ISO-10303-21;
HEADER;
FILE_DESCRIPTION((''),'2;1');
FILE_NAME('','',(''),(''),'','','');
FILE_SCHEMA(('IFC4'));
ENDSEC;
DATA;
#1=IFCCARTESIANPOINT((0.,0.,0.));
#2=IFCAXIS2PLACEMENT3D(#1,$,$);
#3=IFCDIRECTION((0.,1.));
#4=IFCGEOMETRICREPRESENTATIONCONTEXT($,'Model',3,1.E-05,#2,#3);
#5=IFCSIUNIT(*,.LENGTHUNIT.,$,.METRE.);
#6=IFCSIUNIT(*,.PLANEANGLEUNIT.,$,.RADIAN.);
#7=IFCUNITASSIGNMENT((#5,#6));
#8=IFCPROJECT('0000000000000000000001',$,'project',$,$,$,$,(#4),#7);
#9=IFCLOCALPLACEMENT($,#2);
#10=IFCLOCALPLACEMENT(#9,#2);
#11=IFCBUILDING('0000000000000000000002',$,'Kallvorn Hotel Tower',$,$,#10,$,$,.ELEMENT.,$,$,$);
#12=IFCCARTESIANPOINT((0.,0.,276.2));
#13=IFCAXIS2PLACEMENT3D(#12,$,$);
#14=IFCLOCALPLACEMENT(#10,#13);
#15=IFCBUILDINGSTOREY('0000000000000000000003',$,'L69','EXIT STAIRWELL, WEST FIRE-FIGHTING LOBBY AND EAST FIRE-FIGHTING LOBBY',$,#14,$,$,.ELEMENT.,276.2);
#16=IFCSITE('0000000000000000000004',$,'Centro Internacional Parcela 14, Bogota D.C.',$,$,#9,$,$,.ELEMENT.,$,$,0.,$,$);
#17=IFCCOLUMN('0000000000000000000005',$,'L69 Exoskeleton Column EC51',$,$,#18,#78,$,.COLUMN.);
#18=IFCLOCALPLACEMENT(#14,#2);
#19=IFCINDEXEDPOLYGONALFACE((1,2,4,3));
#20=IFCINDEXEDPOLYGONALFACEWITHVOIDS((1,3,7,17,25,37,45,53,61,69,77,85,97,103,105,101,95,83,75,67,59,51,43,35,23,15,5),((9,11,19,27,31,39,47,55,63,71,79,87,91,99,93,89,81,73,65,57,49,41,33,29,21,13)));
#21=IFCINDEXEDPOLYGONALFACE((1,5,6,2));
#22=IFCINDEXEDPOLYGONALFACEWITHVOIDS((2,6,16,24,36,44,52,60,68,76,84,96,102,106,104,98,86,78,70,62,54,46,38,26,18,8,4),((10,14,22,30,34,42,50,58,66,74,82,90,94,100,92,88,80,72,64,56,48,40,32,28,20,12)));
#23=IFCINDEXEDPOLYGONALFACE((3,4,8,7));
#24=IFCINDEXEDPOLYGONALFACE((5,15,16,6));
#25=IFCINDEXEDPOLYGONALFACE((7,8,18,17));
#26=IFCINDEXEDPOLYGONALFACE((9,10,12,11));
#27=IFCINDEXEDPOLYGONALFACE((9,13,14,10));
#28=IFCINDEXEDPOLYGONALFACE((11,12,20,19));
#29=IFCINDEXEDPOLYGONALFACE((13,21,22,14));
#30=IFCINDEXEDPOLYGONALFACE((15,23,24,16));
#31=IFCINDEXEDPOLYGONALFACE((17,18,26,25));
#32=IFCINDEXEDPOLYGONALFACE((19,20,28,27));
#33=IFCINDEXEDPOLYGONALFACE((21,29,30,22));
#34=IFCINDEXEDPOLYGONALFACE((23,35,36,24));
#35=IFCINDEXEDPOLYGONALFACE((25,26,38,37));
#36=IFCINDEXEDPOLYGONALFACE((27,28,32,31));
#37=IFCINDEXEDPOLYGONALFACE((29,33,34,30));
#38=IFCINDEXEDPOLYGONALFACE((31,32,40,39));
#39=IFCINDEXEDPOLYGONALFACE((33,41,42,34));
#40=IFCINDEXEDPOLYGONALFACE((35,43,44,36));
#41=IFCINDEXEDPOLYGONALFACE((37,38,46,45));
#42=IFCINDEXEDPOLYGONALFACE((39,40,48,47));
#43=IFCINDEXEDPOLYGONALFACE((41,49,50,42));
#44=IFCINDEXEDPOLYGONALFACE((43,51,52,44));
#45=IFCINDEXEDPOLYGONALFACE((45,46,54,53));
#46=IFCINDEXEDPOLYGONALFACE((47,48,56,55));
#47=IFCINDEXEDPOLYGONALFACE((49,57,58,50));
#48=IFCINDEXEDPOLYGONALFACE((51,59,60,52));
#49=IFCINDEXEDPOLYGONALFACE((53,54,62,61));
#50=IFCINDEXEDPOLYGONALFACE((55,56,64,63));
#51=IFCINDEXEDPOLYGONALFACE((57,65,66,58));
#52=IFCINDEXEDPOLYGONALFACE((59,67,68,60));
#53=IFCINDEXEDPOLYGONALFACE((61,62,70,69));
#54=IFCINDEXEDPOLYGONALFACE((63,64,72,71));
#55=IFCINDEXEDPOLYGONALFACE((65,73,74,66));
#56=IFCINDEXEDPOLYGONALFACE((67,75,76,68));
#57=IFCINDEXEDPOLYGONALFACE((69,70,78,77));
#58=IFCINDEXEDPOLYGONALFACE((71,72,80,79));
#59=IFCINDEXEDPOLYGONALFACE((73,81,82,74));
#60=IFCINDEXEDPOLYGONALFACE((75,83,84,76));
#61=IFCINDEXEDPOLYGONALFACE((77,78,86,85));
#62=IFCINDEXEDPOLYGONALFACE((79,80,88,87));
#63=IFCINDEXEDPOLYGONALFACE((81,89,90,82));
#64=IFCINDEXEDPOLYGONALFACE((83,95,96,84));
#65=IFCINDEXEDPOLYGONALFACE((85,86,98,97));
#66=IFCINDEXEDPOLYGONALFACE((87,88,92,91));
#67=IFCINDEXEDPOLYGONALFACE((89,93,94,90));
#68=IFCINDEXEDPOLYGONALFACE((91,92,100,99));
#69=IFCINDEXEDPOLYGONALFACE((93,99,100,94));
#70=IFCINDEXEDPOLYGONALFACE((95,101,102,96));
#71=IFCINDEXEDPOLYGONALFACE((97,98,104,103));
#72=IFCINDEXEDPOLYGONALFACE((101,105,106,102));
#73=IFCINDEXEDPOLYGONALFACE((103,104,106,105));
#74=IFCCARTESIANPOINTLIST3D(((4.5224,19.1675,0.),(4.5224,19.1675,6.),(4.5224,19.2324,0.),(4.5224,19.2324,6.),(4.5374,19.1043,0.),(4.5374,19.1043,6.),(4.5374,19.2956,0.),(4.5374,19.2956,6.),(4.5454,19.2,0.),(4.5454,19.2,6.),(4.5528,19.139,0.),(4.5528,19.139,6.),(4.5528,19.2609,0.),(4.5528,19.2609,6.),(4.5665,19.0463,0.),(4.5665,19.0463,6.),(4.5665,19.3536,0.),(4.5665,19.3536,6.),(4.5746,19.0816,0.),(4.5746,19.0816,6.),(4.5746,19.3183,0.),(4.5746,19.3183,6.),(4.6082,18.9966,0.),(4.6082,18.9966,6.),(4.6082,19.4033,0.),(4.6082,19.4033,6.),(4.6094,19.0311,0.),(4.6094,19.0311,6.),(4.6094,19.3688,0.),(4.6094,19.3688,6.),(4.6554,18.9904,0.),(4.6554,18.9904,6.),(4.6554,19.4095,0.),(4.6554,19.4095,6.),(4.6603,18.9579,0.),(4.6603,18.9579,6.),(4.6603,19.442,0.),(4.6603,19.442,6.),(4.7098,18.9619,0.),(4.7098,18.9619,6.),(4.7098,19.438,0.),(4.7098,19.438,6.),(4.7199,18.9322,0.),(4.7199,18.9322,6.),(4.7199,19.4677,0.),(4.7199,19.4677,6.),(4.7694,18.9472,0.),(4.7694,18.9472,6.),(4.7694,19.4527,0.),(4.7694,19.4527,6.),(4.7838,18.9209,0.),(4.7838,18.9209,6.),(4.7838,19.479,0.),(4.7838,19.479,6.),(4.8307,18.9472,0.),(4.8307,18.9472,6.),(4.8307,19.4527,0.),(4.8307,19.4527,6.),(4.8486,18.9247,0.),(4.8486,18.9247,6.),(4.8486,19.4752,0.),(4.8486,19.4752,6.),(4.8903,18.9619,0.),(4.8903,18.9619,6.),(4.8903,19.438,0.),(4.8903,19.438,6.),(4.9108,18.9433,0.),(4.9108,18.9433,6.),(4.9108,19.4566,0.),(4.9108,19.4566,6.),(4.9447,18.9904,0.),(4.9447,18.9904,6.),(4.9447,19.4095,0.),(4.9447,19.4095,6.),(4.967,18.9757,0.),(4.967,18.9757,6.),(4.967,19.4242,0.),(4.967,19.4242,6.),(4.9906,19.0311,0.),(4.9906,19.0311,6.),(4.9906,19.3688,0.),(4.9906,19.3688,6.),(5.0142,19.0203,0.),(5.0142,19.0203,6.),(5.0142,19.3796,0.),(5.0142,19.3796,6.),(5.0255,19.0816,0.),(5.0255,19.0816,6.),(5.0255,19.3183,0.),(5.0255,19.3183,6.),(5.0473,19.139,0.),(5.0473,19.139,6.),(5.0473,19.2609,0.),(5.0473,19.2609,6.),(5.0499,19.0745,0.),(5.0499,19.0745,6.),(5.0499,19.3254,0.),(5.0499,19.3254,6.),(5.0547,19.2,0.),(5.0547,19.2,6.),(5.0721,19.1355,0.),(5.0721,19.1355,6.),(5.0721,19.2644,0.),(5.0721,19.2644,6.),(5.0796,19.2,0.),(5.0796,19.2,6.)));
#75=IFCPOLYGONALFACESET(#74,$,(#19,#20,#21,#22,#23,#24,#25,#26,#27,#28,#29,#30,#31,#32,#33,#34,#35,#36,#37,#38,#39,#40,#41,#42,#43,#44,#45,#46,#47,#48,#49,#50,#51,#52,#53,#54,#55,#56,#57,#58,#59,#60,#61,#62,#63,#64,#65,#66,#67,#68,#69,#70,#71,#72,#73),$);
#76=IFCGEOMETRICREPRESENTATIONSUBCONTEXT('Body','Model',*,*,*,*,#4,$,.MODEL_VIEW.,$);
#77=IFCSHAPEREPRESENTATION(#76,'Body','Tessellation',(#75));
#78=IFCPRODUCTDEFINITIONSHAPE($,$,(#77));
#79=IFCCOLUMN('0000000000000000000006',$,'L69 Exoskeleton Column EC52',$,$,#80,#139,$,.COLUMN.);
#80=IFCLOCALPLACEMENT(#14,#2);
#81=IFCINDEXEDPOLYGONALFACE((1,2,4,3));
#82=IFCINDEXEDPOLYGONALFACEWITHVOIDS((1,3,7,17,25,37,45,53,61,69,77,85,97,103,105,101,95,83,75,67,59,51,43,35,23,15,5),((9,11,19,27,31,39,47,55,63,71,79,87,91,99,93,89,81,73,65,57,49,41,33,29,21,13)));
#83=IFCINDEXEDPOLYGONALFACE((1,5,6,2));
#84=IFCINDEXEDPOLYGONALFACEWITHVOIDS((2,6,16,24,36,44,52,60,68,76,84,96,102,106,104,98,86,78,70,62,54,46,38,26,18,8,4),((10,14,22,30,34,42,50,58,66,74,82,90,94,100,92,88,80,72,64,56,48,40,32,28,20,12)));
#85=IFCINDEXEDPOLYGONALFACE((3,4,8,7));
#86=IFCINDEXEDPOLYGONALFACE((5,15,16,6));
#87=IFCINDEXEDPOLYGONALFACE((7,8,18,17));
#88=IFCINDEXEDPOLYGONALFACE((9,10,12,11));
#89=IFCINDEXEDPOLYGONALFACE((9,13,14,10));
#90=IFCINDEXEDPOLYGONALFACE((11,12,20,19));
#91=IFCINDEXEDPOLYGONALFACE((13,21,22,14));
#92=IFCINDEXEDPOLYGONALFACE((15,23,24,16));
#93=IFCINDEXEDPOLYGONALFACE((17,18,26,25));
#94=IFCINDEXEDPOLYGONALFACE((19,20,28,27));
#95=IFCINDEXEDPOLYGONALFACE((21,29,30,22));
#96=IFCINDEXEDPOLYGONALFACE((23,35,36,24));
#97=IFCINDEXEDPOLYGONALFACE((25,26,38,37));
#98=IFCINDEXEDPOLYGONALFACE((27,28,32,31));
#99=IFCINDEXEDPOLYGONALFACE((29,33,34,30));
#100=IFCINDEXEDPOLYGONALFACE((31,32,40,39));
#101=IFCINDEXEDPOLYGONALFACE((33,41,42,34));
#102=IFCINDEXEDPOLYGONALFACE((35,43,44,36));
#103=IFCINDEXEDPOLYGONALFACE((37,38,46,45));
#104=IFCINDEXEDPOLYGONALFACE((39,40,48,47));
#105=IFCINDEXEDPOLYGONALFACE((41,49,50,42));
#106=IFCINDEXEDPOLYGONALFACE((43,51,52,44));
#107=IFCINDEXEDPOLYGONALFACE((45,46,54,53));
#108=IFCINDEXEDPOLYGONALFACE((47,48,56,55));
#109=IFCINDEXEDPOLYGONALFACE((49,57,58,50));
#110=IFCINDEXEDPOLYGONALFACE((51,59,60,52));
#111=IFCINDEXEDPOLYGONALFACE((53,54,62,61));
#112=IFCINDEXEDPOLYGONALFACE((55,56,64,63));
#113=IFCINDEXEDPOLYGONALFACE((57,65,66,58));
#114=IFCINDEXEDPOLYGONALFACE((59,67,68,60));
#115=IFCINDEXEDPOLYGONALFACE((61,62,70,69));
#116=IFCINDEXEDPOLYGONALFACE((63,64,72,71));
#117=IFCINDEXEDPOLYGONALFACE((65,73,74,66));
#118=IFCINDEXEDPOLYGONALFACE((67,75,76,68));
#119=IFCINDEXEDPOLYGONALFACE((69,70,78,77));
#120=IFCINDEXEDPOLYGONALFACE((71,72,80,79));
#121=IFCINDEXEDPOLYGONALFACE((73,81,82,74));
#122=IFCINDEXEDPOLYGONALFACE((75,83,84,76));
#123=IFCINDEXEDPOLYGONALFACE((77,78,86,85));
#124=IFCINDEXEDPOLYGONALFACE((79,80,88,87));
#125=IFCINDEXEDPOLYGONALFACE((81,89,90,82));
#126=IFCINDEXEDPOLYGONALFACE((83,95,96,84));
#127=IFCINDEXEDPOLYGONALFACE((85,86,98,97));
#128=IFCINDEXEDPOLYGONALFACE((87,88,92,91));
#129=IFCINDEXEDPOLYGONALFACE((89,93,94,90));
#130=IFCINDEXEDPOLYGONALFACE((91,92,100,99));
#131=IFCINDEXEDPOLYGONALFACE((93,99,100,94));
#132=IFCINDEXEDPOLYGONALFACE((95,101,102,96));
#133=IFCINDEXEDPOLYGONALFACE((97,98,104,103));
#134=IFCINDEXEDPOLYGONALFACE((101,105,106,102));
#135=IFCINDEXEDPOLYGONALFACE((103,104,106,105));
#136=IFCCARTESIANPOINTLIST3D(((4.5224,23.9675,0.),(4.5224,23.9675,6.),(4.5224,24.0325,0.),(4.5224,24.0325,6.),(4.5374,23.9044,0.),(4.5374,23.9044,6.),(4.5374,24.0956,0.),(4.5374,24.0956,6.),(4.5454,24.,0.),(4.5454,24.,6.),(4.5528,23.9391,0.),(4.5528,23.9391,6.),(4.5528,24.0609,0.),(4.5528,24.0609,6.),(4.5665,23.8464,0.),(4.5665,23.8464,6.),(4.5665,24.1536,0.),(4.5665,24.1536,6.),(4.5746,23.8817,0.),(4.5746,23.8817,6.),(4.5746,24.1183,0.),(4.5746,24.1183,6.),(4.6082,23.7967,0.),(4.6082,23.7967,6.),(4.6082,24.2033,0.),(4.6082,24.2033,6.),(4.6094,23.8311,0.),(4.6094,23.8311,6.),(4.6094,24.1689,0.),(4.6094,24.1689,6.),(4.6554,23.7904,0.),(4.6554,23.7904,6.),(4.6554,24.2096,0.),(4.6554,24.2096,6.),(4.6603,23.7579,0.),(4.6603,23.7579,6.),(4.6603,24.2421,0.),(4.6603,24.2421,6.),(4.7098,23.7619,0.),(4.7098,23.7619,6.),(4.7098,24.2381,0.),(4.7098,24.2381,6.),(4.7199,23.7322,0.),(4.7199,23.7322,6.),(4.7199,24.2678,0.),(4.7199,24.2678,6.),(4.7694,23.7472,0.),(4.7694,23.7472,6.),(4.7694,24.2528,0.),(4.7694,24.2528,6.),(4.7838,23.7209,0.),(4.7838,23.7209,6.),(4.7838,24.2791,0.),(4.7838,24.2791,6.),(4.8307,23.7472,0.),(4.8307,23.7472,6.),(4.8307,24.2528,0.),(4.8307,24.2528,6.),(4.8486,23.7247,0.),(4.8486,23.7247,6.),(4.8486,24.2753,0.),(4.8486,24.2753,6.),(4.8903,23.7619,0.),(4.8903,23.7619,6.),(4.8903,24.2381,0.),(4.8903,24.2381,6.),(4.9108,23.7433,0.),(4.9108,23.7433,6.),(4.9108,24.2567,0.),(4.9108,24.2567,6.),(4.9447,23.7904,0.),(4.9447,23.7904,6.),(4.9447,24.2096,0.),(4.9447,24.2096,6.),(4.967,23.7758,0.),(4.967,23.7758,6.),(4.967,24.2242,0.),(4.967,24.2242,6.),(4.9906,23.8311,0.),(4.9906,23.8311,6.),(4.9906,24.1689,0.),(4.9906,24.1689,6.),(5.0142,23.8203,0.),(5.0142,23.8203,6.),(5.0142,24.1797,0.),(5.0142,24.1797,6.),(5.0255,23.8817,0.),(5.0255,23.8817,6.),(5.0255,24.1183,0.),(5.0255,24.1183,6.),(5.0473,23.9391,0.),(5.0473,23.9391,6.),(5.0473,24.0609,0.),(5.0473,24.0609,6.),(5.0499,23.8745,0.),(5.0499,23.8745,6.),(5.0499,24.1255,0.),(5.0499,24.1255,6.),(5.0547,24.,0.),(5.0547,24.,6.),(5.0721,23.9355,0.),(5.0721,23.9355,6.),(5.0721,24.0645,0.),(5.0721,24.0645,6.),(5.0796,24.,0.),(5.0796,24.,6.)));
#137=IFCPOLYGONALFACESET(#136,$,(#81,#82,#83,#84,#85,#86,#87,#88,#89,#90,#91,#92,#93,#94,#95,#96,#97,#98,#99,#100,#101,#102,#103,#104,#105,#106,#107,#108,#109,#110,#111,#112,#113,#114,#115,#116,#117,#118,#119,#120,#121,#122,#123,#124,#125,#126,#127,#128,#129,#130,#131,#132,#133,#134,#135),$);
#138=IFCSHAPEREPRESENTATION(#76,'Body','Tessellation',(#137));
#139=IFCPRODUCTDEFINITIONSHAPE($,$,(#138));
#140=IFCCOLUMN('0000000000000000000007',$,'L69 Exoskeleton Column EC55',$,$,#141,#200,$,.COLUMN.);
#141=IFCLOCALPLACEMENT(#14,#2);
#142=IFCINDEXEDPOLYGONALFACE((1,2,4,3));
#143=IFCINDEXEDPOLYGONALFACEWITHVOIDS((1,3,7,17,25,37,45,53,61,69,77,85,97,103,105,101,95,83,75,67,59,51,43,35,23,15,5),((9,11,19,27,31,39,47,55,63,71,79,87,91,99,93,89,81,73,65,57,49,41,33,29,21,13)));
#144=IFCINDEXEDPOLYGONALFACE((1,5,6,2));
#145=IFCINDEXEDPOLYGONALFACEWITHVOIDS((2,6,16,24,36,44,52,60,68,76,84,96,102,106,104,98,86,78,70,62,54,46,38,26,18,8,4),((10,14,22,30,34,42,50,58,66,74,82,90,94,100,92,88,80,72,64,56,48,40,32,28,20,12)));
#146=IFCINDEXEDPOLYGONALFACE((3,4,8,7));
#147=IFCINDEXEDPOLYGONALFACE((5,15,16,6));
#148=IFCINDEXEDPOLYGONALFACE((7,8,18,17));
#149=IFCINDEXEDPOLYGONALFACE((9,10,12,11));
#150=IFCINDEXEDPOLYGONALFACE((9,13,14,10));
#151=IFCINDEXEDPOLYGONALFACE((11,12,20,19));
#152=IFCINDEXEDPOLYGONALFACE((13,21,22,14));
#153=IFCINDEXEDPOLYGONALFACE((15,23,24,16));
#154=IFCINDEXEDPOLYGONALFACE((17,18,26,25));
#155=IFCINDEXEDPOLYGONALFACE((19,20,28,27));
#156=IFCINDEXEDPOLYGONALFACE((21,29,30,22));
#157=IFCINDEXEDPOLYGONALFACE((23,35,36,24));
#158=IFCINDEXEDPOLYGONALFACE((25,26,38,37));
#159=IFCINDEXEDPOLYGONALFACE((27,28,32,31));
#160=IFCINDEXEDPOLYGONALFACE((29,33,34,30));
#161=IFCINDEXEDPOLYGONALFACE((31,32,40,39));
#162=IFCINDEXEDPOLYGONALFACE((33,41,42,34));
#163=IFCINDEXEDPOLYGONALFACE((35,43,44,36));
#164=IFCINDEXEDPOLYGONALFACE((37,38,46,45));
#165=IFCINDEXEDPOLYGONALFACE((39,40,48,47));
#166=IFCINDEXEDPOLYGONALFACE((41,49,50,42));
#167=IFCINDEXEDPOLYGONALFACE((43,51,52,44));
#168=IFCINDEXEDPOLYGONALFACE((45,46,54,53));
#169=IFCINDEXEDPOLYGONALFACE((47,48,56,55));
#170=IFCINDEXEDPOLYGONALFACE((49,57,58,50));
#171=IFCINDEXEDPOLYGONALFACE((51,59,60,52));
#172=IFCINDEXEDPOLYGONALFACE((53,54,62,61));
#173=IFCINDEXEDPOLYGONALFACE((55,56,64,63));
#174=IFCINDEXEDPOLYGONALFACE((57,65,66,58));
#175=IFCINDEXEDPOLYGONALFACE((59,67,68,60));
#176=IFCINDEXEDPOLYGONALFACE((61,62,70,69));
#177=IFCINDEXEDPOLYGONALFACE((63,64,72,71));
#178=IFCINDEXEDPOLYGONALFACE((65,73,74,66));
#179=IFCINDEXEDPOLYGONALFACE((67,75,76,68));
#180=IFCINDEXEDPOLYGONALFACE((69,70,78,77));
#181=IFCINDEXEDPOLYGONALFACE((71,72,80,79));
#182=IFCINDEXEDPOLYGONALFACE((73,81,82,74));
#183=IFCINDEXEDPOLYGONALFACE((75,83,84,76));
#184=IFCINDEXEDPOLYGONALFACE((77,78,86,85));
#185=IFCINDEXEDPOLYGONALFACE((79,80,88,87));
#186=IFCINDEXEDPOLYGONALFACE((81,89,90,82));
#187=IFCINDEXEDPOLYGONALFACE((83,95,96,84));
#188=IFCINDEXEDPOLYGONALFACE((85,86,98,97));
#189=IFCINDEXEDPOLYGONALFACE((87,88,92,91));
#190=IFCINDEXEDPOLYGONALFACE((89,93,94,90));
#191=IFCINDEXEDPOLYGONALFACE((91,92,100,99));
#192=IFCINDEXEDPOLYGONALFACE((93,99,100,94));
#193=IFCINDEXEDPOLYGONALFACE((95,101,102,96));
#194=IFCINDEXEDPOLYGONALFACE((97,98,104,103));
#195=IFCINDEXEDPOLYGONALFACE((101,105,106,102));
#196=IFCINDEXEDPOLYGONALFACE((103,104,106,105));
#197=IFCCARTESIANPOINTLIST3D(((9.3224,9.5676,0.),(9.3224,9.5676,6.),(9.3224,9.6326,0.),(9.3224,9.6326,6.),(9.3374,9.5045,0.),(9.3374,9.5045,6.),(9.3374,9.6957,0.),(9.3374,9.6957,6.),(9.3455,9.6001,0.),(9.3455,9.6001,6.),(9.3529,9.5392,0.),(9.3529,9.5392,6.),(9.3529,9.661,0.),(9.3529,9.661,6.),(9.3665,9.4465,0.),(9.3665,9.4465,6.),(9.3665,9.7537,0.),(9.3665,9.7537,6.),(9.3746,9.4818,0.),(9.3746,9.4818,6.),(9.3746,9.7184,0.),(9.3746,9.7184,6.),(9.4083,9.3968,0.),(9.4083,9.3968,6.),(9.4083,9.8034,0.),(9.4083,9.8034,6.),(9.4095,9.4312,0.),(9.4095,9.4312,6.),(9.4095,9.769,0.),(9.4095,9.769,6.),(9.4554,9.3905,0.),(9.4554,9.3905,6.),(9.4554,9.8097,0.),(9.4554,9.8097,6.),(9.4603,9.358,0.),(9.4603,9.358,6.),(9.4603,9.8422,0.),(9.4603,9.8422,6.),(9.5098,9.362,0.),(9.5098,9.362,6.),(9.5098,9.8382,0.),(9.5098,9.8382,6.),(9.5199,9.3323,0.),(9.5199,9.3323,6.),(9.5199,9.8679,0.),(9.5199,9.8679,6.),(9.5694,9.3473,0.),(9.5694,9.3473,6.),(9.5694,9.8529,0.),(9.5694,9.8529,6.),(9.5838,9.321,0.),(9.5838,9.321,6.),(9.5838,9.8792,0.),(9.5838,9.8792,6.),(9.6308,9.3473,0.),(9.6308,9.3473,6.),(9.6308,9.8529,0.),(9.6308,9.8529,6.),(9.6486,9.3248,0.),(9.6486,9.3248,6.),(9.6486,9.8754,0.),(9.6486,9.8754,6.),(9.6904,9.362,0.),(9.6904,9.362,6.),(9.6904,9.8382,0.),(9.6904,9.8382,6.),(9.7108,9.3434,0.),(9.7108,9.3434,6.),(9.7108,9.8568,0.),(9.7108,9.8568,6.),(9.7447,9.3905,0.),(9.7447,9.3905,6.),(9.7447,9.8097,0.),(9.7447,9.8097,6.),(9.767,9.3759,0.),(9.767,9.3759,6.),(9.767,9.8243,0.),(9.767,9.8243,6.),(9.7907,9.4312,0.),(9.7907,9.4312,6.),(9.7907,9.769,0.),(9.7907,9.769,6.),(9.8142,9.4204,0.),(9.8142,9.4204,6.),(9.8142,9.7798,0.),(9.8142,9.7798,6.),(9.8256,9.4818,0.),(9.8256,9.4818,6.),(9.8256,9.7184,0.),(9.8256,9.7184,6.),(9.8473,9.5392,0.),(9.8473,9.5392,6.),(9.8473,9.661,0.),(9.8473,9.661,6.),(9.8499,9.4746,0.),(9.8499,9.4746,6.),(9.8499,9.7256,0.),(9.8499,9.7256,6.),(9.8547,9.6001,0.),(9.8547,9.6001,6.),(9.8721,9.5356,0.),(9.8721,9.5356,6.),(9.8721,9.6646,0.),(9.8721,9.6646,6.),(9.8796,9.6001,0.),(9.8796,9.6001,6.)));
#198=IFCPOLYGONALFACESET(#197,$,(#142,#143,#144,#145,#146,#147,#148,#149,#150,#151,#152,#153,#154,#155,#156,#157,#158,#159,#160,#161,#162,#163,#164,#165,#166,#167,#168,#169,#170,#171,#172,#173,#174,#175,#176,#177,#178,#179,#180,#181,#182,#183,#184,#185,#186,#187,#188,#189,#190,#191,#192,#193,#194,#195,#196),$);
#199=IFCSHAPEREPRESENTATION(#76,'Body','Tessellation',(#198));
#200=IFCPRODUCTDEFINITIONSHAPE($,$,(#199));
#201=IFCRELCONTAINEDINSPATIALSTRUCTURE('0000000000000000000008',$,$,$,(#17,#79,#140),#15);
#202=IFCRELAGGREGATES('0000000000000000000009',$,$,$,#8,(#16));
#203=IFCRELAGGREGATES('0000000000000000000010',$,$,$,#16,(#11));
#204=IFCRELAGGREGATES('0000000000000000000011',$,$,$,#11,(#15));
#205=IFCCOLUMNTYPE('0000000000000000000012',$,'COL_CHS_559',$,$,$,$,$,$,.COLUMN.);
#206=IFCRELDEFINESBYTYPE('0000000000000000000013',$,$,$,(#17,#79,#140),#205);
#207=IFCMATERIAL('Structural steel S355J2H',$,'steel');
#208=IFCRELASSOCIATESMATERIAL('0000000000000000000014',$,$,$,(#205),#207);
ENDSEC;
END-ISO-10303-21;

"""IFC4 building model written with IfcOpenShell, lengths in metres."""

from ifc_helpers import new_model, si_unit, direction, frame, origin, origin_2d, place, context, subcontext, project, spatial, hollow_circle, extrude, material, material_profile, profile_set, type_object, element, save


model = new_model("IFC4")

# Units and contexts
model_context = context("Model", 3, precision=1e-05, world=origin(), true_north=direction((0.0, 1.0)))
body_context = subcontext(model_context, "Body", "Model", "MODEL_VIEW")
ifc_project = project(units=[si_unit("LENGTHUNIT", "METRE"), si_unit("PLANEANGLEUNIT", "RADIAN")], contexts=[model_context])

# Site, building, storey
site_placement = place(None, origin())
site = spatial("IfcSite", under=ifc_project, at=site_placement, Name="Centro Internacional Parcela 14, Bogota D.C.", CompositionType="ELEMENT", RefElevation=0.0)
building_placement = place(site_placement, origin())
building = spatial("IfcBuilding", under=site, at=building_placement, Name="Kallvorn Hotel Tower", CompositionType="ELEMENT")
storey_placement = place(building_placement, frame((0.0, 0.0, 276.2)))
storey = spatial("IfcBuildingStorey", under=building, at=storey_placement, Name="L69", Description="EXIT STAIRWELL, WEST FIRE-FIGHTING LOBBY AND EAST FIRE-FIGHTING LOBBY", CompositionType="ELEMENT", Elevation=276.2)

# Columns
ifc_material_1 = material(Name="Structural steel S355J2H", Category="steel")
ifc_material_profile_1 = material_profile(ifc_material_1, hollow_circle(Radius=0.2795, WallThickness=0.0249, at=origin_2d()), Name="CHS 559x25")
ifc_profile_set_1 = profile_set([ifc_material_profile_1], Name="Structural steel S355J2H")
column_type_1 = type_object("IfcColumnType", Name="COL_CHS_559", PredefinedType="COLUMN", material=ifc_profile_set_1)
for number, where, z_axis, x_axis, name in (
    (1, (4.8, 19.2, 0.0), (0.0, 0.0, 1.0), (1.0, 0.0, 0.0), "L69 Exoskeleton Column EC51"),
    (2, (4.8, 24.0, 0.0), (0.0, 0.0, 1.0), (1.0, 0.0, 0.0), "L69 Exoskeleton Column EC52"),
    (3, (9.6001, 9.6001, 0.0), (0.0, 0.0, 1.0), (1.0, 0.0, 0.0), "L69 Exoskeleton Column EC55"),
):
    element("IfcColumn", number, at=place(storey_placement, frame(where, z_axis=z_axis, x_axis=x_axis)), inside=storey, type_object=column_type_1, Name=name, PredefinedType="COLUMN", context=body_context, shape_type="SweptSolid", body=[
        extrude(hollow_circle(Radius=0.2795, WallThickness=0.0249, at=origin_2d()), origin(), (0.0, 0.0, 1.0), 6.0),
    ])

save(model, "model.ifc")
